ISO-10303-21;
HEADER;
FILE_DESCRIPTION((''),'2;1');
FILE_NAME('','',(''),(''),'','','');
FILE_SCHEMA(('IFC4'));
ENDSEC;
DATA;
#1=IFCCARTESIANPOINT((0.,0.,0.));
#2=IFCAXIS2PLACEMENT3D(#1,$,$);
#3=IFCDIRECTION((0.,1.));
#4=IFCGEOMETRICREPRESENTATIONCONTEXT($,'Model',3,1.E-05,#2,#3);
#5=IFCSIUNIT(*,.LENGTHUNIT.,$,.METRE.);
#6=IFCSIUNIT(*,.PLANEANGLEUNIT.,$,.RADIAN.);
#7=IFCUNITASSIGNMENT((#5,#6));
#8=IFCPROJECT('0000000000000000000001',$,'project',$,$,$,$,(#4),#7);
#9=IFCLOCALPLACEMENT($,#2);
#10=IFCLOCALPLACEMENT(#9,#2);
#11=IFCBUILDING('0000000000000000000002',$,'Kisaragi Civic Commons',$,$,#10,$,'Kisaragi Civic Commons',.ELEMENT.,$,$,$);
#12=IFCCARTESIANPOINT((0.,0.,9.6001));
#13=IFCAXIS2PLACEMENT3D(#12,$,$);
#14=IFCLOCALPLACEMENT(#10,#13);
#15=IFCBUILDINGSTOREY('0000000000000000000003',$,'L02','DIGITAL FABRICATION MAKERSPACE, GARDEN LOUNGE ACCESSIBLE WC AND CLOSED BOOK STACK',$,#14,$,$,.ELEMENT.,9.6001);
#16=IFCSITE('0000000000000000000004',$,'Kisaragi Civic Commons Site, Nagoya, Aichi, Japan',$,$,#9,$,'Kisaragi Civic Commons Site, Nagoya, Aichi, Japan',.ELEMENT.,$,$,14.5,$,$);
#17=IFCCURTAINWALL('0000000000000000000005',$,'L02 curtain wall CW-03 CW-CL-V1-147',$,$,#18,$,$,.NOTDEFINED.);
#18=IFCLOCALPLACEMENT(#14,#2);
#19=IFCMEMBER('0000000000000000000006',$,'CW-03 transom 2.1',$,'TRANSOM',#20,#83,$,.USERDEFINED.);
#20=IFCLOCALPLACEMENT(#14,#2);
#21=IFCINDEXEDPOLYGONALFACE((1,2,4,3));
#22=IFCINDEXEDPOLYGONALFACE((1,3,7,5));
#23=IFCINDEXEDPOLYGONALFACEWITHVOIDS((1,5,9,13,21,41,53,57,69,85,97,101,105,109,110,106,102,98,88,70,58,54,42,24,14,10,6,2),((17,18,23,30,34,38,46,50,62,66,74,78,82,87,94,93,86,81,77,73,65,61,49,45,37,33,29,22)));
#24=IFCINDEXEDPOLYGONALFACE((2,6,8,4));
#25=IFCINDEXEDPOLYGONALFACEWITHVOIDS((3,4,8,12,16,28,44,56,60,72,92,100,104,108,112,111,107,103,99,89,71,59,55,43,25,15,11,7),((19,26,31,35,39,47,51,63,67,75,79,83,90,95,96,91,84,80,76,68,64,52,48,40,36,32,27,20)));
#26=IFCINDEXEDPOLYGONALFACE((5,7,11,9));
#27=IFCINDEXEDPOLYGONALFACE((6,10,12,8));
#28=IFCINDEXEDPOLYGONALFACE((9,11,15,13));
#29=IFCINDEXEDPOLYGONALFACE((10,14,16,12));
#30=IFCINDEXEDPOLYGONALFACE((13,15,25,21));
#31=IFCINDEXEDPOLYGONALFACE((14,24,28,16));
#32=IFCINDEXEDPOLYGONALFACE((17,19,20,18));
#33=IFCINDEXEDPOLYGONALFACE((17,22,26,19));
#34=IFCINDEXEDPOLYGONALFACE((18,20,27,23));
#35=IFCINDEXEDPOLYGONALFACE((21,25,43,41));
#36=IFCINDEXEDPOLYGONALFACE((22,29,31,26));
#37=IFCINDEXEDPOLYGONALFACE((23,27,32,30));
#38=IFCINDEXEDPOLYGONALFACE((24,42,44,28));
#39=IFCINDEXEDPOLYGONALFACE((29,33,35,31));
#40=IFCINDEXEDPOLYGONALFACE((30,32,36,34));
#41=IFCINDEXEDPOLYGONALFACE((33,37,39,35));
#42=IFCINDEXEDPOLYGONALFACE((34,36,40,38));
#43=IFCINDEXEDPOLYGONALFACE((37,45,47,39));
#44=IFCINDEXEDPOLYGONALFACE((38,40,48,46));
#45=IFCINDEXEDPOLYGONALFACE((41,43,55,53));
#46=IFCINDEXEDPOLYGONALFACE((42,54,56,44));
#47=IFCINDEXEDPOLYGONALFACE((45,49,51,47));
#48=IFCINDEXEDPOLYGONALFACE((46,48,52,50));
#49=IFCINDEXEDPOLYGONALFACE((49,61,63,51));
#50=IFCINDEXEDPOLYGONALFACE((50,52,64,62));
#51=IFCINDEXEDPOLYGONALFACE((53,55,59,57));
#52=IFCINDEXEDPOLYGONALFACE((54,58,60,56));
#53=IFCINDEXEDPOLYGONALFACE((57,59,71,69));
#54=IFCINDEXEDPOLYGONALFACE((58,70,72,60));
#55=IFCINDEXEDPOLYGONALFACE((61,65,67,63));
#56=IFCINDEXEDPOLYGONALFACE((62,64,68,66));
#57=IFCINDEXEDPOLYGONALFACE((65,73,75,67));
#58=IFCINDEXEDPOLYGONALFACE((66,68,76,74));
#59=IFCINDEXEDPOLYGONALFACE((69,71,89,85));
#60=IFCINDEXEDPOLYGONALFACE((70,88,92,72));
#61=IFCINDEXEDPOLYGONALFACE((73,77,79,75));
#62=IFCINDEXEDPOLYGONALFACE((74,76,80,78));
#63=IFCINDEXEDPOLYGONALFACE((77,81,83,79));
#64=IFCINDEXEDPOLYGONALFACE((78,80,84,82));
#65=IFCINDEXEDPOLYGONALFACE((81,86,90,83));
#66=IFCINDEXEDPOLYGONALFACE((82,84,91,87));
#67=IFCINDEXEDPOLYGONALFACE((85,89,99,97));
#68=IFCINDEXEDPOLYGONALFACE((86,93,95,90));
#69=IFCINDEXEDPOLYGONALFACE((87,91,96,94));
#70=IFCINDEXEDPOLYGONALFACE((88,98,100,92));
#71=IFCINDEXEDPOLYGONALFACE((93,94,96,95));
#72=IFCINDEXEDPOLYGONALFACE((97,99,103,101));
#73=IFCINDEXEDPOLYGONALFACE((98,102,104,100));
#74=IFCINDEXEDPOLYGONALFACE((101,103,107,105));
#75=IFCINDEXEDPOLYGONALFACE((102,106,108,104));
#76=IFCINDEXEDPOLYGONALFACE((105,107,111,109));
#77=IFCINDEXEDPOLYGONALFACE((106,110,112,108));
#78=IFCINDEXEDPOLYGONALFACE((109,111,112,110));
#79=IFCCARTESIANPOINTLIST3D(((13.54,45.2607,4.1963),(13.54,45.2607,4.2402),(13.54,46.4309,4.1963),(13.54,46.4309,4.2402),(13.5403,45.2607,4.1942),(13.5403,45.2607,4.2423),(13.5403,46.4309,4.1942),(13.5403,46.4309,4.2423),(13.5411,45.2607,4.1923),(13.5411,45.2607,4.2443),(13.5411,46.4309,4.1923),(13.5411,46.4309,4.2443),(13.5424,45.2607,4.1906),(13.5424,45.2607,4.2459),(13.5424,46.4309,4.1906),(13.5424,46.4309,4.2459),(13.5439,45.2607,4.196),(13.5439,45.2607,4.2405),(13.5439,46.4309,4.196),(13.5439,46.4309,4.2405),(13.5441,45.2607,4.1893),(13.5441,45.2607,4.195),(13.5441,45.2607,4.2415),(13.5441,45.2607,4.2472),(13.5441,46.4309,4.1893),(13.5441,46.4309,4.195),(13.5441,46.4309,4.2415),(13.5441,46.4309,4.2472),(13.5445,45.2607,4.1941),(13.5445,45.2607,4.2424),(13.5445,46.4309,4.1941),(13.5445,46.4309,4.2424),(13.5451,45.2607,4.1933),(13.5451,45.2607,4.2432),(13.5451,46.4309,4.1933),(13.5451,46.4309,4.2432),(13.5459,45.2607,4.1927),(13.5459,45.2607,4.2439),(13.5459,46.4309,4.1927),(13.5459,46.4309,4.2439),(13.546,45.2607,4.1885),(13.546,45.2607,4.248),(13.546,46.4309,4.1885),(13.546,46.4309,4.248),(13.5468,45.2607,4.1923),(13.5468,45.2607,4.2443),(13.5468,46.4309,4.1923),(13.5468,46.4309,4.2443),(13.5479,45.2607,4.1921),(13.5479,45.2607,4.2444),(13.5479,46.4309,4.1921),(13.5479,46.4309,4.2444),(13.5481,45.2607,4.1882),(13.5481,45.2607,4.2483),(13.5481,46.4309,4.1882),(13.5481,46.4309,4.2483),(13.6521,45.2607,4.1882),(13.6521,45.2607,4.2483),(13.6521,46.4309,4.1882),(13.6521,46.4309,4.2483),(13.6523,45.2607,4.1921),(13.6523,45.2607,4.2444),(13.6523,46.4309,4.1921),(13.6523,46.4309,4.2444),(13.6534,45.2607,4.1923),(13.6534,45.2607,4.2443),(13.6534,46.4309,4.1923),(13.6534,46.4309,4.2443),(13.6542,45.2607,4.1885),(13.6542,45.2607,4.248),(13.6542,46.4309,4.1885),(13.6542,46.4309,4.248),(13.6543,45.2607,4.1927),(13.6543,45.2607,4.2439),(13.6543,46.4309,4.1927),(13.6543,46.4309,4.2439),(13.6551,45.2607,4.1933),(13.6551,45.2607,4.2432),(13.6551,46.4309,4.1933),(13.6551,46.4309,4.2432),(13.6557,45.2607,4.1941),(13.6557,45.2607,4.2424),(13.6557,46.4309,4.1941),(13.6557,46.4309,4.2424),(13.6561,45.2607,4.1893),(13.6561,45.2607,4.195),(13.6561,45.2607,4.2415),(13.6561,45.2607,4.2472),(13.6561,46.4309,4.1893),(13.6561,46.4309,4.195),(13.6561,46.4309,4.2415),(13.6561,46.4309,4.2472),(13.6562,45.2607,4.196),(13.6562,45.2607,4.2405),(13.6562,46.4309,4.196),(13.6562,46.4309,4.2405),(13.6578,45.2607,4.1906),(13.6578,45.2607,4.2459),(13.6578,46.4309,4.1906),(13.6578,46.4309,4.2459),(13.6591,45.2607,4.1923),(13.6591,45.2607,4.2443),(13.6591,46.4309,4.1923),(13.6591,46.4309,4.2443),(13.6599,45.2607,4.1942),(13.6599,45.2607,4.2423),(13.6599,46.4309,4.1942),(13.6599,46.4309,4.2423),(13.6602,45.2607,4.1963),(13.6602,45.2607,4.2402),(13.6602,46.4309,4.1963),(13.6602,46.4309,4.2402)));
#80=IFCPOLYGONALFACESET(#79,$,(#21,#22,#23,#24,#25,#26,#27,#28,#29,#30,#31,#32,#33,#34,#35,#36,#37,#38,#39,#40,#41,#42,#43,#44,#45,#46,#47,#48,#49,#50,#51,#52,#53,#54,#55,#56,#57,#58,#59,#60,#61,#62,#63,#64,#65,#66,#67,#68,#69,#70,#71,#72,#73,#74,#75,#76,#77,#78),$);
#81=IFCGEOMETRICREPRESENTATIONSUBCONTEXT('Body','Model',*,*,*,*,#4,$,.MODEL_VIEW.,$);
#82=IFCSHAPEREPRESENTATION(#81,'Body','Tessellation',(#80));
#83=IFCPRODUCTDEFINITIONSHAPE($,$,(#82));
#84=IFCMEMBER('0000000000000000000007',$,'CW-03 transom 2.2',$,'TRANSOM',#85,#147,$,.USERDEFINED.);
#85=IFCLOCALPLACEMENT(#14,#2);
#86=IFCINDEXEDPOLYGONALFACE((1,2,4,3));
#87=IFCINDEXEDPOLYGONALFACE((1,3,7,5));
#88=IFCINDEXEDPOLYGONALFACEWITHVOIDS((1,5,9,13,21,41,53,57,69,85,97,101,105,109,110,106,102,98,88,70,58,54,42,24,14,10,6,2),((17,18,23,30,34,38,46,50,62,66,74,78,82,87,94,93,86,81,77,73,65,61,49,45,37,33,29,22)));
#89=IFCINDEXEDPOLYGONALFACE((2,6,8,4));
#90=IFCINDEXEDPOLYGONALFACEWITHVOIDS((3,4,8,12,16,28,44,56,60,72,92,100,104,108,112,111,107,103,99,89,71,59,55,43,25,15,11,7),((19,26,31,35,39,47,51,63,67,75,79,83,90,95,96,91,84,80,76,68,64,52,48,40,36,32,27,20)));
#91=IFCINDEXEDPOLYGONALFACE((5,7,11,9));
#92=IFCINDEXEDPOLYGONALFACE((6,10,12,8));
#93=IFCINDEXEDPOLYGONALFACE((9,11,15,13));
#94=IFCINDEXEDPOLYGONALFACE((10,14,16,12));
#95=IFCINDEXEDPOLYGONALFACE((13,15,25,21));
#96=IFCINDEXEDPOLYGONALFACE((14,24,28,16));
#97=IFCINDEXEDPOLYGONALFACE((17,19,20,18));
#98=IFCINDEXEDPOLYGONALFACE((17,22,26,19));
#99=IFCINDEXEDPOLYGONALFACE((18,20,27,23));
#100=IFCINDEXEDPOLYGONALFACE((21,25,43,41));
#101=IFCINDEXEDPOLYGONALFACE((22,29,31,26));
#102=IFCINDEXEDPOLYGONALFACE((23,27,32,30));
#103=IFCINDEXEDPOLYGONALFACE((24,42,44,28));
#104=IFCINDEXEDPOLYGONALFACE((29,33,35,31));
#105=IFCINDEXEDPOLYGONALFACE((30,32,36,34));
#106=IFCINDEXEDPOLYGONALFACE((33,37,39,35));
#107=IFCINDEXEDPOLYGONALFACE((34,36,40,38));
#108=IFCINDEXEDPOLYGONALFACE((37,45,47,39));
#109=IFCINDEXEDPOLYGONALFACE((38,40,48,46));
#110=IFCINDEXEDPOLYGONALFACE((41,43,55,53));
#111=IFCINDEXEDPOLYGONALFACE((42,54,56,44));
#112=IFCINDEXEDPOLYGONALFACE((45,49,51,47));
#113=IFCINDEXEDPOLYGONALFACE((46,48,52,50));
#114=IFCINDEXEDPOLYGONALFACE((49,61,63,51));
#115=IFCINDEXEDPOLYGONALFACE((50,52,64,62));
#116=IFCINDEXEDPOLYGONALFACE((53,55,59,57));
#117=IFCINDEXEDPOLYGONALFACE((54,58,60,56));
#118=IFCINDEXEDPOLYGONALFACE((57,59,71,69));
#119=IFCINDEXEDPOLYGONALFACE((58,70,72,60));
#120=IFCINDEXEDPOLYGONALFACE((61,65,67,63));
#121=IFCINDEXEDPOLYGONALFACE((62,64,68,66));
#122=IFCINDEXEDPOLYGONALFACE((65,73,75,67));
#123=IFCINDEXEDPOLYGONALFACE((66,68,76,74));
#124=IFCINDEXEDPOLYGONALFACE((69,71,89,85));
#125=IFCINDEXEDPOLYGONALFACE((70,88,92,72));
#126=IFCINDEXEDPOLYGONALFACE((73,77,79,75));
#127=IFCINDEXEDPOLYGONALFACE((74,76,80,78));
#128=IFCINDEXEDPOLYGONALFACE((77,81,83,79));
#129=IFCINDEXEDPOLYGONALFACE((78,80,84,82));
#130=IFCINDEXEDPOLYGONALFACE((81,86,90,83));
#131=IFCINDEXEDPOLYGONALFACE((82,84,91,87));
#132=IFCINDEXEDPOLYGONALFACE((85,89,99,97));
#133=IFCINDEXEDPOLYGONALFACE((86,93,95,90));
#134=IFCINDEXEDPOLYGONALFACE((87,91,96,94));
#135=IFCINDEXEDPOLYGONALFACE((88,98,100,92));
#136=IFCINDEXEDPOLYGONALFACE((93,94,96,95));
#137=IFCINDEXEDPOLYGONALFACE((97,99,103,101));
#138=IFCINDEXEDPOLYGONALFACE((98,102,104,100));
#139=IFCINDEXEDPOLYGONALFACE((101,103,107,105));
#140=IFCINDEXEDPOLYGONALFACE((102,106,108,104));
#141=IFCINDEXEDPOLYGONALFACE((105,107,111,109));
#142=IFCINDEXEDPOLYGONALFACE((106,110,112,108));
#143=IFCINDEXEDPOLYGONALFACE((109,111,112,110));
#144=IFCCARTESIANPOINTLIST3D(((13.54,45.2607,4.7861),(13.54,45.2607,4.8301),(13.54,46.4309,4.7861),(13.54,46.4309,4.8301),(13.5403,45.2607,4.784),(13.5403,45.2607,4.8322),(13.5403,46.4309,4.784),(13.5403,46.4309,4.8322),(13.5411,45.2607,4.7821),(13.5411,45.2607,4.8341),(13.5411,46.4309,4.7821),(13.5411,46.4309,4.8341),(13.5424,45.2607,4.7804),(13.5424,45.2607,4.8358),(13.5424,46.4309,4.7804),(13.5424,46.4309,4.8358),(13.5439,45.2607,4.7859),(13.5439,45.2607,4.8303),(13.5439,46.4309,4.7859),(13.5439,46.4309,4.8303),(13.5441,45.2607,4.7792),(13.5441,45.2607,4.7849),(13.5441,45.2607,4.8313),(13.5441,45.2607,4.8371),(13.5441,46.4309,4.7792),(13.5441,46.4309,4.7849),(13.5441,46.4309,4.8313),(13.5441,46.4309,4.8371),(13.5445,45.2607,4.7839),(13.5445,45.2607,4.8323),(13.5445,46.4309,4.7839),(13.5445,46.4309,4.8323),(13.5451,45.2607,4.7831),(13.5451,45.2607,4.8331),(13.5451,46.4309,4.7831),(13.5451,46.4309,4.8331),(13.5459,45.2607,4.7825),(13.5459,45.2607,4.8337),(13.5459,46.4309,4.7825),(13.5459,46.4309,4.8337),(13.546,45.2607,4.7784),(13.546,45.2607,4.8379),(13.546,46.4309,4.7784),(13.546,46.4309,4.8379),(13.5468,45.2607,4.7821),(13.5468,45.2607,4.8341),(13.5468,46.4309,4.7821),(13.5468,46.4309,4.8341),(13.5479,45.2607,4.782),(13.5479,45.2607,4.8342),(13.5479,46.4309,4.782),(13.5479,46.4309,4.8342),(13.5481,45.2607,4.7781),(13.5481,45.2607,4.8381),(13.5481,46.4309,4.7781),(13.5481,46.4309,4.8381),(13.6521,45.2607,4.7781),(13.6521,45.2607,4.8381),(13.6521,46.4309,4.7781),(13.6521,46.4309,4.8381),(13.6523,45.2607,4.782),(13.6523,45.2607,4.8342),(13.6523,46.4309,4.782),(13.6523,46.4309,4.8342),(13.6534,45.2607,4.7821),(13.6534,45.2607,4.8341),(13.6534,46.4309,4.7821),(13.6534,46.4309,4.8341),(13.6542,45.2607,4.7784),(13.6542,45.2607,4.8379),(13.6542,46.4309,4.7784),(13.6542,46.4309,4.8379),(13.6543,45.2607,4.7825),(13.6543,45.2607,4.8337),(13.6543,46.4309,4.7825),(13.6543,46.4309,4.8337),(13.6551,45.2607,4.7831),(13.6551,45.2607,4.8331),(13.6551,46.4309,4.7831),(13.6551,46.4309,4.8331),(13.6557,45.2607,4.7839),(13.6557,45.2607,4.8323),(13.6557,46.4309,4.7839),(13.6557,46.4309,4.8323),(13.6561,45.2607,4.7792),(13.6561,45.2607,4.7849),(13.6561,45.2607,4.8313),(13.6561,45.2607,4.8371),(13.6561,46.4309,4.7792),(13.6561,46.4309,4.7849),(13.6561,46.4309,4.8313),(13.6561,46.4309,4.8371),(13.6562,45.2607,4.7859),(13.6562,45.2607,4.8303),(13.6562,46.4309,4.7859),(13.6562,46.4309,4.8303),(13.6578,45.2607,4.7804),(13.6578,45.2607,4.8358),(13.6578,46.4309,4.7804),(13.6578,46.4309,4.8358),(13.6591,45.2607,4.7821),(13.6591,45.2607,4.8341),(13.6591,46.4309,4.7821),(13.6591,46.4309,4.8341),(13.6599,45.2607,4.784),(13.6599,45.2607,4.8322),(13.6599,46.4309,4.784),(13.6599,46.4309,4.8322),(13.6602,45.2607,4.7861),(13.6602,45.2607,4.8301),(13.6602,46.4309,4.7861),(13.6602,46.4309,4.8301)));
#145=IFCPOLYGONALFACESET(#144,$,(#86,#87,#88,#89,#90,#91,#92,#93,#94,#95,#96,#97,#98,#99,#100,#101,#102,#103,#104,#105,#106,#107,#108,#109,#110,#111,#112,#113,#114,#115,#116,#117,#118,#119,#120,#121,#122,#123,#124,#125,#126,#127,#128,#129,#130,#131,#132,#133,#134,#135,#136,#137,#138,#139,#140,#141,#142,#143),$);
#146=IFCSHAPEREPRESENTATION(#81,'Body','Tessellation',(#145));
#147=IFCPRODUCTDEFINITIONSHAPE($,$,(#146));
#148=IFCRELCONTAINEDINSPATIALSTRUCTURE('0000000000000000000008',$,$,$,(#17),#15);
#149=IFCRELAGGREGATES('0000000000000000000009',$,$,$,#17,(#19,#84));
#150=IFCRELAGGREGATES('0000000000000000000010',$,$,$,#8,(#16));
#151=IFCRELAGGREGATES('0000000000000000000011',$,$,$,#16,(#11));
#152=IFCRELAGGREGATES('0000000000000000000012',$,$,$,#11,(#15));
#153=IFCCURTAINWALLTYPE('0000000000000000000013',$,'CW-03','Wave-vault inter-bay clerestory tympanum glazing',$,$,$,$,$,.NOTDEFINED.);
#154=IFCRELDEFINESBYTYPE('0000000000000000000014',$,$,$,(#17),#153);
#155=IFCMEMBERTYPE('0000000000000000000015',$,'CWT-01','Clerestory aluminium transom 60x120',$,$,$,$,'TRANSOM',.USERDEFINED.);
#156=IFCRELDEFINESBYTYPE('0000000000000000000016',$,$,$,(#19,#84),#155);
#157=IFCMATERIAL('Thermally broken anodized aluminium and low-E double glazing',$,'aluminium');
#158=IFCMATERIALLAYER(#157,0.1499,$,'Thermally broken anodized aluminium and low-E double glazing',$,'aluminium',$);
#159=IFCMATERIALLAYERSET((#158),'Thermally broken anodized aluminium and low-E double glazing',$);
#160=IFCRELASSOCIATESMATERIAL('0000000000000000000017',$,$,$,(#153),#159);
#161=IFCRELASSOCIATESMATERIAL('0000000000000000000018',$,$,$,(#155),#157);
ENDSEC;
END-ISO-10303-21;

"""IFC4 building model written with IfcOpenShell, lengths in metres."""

from ifc_helpers import new_model, si_unit, direction, frame, origin, origin_2d, place, context, subcontext, project, spatial, hollow_rectangle, extrude, material, layer, layer_set, material_profile, profile_set, type_object, element, aggregate, save


model = new_model("IFC4")

# Units and contexts
model_context = context("Model", 3, precision=1e-05, world=origin(), true_north=direction((0.0, 1.0)))
body_context = subcontext(model_context, "Body", "Model", "MODEL_VIEW")
ifc_project = project(units=[si_unit("LENGTHUNIT", "METRE"), si_unit("PLANEANGLEUNIT", "RADIAN")], contexts=[model_context])

# Site, building, storey
site_placement = place(None, origin())
site = spatial("IfcSite", under=ifc_project, at=site_placement, Name="Kisaragi Civic Commons Site, Nagoya, Aichi, Japan", LongName="Kisaragi Civic Commons Site, Nagoya, Aichi, Japan", CompositionType="ELEMENT", RefElevation=14.5)
building_placement = place(site_placement, origin())
building = spatial("IfcBuilding", under=site, at=building_placement, Name="Kisaragi Civic Commons", LongName="Kisaragi Civic Commons", CompositionType="ELEMENT")
storey_placement = place(building_placement, frame((0.0, 0.0, 9.6001)))
storey = spatial("IfcBuildingStorey", under=building, at=storey_placement, Name="L02", Description="DIGITAL FABRICATION MAKERSPACE, GARDEN LOUNGE ACCESSIBLE WC AND CLOSED BOOK STACK", CompositionType="ELEMENT", Elevation=9.6001)

# Shared definitions
ifc_material_1 = material(Name="Thermally broken anodized aluminium and low-E double glazing", Category="aluminium")
ifc_layer_1 = layer(ifc_material_1, 0.1499, Name="Thermally broken anodized aluminium and low-E double glazing", Category="aluminium")
ifc_layer_set_1 = layer_set([ifc_layer_1], Name="Thermally broken anodized aluminium and low-E double glazing")
curtain_wall_type = type_object("IfcCurtainWallType", Name="CW-03", Description="Wave-vault inter-bay clerestory tympanum glazing", PredefinedType="NOTDEFINED", material=ifc_layer_set_1)

# Curtain wall
curtain_wall_1_placement = place(storey_placement, origin())
curtain_wall_1 = element("IfcCurtainWall", 1, at=curtain_wall_1_placement, inside=storey, type_object=curtain_wall_type, Name="L02 curtain wall CW-03 CW-CL-V1-147", PredefinedType="NOTDEFINED")

# Members
ifc_material_profile_1 = material_profile(ifc_material_1, hollow_rectangle(XDim=0.1201, YDim=0.0601, WallThickness=0.0039, InnerFilletRadius=0.0039, OuterFilletRadius=0.0081, at=origin_2d()), Name="CWT-60x120x4", Category="aluminium")
ifc_profile_set_1 = profile_set([ifc_material_profile_1], Name="Thermally broken anodized aluminium and low-E double glazing")
member_type_1 = type_object("IfcMemberType", Name="CWT-01", Description="Clerestory aluminium transom 60x120", ElementType="TRANSOM", PredefinedType="USERDEFINED", material=ifc_profile_set_1)
member_1_placement = place(storey_placement, frame((13.6001, 45.2607, 4.2183), z_axis=(0.0, 1.0, 0.0), x_axis=(-1.0, 0.0, 0.0)))
member_1 = element("IfcMember", 2, at=member_1_placement, type_object=member_type_1, Name="CW-03 transom 2.1", ObjectType="TRANSOM", PredefinedType="USERDEFINED", context=body_context, shape_type="SweptSolid", body=[
    extrude(hollow_rectangle(XDim=0.1201, YDim=0.0601, WallThickness=0.0039, InnerFilletRadius=0.0039, OuterFilletRadius=0.0081, at=origin_2d()), origin(), (0.0, 0.0, 1.0), 1.1702),
])
member_2_placement = place(storey_placement, frame((13.6001, 45.2607, 4.8081), z_axis=(0.0, 1.0, 0.0), x_axis=(-1.0, 0.0, 0.0)))
member_2 = element("IfcMember", 3, at=member_2_placement, type_object=member_type_1, Name="CW-03 transom 2.2", ObjectType="TRANSOM", PredefinedType="USERDEFINED", context=body_context, shape_type="SweptSolid", body=[
    extrude(hollow_rectangle(XDim=0.1201, YDim=0.0601, WallThickness=0.0039, InnerFilletRadius=0.0039, OuterFilletRadius=0.0081, at=origin_2d()), origin(), (0.0, 0.0, 1.0), 1.1702),
])

aggregate(curtain_wall_1, [member_1, member_2])

save(model, "model.ifc")
